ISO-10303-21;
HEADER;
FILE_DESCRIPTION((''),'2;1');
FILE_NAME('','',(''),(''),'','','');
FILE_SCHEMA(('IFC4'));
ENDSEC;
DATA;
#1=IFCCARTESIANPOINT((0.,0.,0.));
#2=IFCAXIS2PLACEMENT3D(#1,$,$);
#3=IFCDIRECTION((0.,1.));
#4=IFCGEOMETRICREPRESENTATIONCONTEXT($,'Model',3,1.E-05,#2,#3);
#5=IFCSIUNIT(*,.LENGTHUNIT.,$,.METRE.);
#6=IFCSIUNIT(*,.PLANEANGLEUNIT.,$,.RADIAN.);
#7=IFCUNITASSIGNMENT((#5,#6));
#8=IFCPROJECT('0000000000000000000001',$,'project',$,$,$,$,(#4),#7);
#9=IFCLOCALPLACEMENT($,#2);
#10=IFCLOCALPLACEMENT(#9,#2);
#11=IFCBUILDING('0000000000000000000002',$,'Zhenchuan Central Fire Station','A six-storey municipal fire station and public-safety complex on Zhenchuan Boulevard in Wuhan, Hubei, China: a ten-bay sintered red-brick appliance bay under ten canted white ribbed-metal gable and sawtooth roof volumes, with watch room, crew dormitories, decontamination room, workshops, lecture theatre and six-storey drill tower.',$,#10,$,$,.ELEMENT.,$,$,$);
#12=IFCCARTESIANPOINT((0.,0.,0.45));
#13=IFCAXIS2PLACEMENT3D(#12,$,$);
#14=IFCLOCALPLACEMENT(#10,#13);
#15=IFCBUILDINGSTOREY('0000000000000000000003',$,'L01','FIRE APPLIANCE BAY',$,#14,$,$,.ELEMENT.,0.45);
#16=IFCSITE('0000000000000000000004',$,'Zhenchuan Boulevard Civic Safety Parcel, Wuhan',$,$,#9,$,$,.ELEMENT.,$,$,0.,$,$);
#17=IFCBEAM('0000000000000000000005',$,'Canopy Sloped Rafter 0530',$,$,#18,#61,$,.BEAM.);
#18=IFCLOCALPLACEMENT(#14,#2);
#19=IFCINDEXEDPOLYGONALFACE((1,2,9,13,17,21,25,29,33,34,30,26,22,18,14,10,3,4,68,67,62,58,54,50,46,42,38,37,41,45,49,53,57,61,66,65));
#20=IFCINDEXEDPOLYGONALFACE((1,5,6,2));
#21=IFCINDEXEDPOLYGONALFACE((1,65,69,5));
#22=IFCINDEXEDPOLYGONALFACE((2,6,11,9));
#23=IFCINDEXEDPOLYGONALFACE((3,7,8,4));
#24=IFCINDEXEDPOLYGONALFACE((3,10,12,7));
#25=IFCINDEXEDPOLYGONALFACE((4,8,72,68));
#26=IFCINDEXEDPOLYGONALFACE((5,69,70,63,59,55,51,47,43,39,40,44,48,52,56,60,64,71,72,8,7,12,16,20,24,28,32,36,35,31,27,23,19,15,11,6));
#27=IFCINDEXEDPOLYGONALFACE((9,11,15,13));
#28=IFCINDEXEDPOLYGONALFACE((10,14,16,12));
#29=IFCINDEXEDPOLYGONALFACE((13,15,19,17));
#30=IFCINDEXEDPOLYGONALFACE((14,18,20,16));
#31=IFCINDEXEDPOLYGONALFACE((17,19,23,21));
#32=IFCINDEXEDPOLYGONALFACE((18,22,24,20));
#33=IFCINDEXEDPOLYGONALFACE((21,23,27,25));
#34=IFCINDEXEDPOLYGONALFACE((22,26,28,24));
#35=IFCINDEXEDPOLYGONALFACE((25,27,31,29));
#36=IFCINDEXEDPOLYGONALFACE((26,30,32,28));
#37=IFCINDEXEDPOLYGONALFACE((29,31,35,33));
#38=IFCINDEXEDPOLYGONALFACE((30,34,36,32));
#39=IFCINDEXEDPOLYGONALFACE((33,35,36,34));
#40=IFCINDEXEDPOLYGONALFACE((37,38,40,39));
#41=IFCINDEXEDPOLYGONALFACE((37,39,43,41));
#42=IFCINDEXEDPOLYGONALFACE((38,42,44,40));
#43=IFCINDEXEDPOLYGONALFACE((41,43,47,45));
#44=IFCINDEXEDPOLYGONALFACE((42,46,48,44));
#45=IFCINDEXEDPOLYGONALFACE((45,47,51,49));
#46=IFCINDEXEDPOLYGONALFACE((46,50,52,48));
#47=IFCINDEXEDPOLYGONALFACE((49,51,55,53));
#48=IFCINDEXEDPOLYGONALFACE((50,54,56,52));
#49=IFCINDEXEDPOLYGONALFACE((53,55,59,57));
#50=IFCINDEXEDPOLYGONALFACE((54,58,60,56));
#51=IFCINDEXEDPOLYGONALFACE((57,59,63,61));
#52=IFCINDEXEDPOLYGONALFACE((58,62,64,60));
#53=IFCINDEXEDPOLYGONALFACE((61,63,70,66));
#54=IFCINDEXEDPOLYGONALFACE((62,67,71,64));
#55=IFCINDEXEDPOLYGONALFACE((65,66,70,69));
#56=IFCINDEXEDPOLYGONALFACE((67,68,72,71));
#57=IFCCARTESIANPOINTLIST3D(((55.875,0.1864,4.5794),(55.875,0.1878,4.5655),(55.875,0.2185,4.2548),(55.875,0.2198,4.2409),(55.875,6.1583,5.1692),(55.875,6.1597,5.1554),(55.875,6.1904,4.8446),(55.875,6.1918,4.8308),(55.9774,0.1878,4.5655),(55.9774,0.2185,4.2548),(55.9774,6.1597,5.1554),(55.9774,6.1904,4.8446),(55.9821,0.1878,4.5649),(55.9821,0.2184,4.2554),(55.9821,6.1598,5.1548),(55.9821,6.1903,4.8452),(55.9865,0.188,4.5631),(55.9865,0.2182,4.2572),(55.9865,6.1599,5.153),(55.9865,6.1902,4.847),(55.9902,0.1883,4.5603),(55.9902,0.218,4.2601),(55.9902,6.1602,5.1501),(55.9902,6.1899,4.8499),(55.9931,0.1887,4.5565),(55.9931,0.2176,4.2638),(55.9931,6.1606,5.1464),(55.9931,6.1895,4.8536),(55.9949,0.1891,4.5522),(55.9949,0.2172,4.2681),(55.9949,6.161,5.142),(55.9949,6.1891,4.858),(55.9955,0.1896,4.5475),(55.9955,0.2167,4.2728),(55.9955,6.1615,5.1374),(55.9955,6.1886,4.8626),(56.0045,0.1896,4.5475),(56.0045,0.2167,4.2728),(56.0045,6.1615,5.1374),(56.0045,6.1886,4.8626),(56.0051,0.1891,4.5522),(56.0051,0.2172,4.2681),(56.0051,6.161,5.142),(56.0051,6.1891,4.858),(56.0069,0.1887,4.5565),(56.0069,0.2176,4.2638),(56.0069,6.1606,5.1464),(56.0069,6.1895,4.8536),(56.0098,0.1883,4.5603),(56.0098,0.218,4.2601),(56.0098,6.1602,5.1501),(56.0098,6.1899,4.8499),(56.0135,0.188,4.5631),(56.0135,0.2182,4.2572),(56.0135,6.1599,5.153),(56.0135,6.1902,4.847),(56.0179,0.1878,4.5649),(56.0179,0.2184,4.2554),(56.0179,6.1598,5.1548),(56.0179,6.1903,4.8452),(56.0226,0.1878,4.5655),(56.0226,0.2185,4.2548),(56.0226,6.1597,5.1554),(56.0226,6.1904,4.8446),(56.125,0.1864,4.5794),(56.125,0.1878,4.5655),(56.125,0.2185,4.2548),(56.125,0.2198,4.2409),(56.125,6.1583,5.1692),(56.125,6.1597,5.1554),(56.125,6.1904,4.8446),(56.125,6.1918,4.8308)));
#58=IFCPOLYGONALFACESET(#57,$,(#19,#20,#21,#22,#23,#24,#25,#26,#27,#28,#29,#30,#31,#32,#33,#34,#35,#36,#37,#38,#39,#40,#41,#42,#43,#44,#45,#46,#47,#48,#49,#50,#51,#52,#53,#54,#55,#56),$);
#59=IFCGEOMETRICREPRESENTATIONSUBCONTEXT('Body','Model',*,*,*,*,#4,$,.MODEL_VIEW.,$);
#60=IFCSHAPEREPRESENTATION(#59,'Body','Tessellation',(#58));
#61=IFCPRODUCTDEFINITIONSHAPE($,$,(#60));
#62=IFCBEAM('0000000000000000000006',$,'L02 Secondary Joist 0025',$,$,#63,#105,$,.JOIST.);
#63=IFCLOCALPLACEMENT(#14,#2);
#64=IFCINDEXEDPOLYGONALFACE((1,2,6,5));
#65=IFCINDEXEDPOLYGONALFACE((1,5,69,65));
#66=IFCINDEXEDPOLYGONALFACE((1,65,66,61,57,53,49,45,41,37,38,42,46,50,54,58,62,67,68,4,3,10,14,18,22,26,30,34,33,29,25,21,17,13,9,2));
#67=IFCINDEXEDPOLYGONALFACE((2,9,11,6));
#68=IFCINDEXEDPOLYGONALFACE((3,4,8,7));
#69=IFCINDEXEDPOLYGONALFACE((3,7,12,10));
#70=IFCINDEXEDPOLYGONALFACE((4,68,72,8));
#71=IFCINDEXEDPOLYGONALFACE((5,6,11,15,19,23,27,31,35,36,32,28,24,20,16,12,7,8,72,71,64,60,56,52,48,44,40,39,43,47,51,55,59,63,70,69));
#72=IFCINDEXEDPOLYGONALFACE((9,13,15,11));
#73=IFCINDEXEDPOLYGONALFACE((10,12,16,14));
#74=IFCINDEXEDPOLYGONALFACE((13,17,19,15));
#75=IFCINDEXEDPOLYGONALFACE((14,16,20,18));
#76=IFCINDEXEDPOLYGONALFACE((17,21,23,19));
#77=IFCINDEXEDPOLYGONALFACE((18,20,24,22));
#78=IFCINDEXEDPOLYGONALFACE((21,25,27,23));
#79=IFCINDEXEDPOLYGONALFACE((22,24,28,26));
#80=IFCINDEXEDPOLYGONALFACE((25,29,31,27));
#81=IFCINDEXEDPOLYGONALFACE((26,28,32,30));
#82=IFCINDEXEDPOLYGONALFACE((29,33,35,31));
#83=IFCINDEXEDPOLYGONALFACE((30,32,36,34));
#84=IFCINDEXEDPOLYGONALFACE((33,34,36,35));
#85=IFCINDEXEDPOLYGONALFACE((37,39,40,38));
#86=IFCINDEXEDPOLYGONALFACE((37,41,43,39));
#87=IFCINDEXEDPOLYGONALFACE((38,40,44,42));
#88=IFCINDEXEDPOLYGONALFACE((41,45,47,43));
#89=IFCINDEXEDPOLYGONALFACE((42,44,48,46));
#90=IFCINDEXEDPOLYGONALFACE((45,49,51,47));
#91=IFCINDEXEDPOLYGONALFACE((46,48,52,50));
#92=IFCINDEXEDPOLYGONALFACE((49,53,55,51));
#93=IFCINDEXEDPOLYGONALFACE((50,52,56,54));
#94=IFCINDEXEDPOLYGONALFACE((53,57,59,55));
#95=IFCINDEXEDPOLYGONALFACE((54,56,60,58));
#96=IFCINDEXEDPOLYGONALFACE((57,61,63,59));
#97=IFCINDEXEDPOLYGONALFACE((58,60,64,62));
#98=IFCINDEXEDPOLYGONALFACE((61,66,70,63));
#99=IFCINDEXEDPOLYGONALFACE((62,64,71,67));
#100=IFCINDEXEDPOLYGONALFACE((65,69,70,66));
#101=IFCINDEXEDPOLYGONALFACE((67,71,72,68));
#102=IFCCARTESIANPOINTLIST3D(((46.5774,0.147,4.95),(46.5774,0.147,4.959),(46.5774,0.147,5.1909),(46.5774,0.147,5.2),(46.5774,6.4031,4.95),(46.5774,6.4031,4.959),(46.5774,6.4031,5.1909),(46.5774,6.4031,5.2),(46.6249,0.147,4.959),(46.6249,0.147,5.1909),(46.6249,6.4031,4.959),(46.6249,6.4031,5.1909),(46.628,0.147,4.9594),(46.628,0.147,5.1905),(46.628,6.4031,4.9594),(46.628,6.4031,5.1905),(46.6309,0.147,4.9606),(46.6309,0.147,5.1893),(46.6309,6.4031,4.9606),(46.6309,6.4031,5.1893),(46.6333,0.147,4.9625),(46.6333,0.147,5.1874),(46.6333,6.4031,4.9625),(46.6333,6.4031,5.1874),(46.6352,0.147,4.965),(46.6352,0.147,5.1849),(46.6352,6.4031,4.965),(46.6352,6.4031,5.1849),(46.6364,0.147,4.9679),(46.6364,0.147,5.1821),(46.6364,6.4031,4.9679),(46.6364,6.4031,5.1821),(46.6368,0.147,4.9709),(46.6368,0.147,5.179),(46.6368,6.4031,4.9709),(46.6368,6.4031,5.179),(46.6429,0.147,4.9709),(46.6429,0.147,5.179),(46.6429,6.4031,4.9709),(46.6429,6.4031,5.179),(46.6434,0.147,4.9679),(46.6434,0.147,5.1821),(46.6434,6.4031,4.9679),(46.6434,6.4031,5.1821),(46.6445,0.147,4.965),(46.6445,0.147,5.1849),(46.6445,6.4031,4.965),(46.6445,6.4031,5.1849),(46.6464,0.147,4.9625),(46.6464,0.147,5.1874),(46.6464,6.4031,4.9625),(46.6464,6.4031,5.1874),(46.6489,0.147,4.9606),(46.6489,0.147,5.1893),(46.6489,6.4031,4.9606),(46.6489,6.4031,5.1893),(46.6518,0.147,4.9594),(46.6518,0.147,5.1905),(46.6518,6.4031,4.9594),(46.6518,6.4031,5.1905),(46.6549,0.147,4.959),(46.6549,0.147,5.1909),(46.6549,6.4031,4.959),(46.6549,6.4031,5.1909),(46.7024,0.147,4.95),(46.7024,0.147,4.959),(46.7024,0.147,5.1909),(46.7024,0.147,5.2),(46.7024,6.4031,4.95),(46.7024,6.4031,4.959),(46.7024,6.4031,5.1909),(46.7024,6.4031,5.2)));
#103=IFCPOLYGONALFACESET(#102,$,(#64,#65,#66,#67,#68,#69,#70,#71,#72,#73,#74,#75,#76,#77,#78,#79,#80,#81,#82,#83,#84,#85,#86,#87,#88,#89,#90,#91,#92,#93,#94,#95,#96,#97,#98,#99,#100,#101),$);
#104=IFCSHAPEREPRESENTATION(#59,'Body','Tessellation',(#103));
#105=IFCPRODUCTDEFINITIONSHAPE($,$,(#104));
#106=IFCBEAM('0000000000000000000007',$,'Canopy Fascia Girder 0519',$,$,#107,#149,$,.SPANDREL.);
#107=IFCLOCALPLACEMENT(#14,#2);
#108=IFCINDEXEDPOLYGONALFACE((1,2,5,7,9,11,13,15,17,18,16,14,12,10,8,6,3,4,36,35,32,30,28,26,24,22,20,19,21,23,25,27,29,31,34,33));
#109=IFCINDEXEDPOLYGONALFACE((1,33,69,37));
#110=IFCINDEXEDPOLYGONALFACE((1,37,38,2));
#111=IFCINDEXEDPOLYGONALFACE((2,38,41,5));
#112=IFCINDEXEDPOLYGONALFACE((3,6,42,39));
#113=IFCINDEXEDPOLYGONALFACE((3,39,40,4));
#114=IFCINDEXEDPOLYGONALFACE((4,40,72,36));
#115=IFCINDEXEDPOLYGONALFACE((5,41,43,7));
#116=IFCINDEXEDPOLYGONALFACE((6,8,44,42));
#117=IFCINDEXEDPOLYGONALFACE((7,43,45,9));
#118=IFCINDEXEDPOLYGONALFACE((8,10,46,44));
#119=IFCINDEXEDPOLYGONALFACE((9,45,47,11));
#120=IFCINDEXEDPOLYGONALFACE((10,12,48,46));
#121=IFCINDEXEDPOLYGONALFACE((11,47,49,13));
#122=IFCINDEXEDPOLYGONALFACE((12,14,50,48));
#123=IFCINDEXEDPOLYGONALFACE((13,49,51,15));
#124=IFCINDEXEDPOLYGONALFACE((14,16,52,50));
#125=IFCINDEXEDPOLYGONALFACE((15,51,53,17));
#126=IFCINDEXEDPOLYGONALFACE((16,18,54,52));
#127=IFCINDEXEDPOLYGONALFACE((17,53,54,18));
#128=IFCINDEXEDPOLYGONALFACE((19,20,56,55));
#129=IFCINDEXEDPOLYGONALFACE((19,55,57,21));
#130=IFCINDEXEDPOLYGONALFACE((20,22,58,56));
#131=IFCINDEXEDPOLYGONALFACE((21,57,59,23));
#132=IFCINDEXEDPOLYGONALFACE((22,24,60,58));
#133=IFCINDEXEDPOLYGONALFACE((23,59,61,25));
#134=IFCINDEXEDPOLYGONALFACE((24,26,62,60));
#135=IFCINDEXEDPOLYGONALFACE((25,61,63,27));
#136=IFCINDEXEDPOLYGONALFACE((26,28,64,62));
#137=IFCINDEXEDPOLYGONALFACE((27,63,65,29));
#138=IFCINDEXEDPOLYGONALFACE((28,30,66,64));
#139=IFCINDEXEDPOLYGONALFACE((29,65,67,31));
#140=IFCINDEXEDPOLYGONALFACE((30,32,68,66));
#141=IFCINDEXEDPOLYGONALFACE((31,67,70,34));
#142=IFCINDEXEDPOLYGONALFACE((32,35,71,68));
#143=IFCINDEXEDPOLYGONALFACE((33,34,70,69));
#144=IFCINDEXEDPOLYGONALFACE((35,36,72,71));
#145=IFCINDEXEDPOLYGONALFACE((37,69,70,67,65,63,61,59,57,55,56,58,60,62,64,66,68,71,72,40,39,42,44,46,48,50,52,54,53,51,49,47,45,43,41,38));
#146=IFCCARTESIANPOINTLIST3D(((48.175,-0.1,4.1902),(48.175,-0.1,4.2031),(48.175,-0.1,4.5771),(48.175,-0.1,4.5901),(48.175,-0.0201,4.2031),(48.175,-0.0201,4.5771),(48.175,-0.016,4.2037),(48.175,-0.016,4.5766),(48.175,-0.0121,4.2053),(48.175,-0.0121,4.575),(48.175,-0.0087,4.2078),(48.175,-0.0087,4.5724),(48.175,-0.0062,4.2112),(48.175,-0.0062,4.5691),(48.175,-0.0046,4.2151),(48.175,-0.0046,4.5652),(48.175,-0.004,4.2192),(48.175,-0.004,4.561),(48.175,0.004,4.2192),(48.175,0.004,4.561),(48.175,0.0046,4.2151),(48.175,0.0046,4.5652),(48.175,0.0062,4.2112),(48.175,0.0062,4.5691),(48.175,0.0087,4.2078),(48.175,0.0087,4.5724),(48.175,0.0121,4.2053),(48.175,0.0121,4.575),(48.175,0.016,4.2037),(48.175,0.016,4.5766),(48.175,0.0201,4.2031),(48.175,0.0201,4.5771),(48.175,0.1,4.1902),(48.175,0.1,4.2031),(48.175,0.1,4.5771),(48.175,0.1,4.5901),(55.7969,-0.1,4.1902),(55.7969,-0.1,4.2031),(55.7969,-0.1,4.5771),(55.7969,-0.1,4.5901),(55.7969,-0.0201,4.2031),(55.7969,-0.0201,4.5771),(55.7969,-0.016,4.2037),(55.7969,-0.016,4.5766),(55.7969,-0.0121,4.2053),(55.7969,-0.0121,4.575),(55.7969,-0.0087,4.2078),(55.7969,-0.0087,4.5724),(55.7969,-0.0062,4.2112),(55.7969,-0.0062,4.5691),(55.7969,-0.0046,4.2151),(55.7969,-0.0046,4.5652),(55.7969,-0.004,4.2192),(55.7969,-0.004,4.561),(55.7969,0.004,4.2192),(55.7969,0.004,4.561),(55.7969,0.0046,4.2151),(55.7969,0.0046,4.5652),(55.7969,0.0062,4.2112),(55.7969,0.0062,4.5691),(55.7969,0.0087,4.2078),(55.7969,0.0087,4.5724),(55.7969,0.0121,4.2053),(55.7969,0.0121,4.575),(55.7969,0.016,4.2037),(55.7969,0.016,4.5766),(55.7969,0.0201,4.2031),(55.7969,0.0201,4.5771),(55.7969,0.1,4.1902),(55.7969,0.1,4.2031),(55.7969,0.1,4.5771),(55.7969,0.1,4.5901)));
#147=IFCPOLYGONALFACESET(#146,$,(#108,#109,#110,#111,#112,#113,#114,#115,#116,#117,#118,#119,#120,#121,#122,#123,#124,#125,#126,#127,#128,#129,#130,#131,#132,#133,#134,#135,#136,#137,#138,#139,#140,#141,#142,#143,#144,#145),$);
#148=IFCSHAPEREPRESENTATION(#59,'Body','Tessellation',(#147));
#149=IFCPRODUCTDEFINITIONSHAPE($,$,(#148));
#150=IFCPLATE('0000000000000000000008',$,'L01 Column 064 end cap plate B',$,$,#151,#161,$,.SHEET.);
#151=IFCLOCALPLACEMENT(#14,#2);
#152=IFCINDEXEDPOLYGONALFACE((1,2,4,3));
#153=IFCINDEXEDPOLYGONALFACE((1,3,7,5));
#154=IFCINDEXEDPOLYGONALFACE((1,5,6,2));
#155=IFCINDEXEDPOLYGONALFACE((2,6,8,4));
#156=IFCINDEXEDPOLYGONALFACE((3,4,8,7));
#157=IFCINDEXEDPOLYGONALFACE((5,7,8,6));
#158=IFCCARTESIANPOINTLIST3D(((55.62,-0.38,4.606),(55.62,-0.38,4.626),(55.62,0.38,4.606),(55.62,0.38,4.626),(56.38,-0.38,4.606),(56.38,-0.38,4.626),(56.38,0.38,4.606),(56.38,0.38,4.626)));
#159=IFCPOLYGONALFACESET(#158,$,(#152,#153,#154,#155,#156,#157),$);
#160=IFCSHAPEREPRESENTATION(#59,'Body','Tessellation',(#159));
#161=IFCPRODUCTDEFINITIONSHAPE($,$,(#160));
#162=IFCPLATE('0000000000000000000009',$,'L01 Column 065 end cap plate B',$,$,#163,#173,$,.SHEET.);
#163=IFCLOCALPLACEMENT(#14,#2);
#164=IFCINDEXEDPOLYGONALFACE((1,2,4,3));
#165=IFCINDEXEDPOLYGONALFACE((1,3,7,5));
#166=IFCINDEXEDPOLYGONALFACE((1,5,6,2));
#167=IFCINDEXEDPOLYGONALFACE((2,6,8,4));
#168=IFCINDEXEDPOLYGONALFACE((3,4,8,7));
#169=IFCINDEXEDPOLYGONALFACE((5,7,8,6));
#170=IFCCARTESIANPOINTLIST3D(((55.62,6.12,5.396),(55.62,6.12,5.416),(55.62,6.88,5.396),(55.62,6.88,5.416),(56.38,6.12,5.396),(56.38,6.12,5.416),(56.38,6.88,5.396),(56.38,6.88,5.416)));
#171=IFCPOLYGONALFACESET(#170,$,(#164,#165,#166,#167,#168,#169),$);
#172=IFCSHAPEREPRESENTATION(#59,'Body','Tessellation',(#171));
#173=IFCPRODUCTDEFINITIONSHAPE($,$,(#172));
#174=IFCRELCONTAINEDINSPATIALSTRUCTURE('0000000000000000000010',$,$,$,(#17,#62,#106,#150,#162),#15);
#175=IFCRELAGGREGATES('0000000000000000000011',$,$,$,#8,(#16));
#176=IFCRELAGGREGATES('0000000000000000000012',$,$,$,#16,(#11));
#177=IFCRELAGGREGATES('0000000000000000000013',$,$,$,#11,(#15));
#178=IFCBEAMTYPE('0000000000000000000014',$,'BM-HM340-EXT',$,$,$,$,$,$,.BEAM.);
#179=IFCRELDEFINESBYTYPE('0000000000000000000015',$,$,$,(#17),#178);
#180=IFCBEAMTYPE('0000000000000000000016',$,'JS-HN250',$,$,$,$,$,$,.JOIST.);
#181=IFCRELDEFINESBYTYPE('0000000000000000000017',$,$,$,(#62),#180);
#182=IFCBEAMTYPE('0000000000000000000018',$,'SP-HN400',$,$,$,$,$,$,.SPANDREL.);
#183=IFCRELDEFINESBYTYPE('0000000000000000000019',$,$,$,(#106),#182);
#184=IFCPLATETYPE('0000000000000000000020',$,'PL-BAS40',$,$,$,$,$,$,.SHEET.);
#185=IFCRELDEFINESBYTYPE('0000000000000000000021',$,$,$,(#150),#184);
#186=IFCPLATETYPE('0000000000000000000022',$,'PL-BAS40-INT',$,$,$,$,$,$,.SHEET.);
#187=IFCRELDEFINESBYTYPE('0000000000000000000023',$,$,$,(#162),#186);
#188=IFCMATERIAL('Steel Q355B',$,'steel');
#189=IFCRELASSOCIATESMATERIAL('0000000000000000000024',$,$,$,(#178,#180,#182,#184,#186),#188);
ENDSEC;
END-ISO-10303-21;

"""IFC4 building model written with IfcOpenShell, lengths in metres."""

from ifc_helpers import new_model, si_unit, direction, frame, origin, origin_2d, place, context, subcontext, project, spatial, rectangle, i_section, extrude, material, material_profile, profile_set, type_object, element, save


model = new_model("IFC4")

# Units and contexts
model_context = context("Model", 3, precision=1e-05, world=origin(), true_north=direction((0.0, 1.0)))
body_context = subcontext(model_context, "Body", "Model", "MODEL_VIEW")
ifc_project = project(units=[si_unit("LENGTHUNIT", "METRE"), si_unit("PLANEANGLEUNIT", "RADIAN")], contexts=[model_context])

# Site, building, storey
site_placement = place(None, origin())
site = spatial("IfcSite", under=ifc_project, at=site_placement, Name="Zhenchuan Boulevard Civic Safety Parcel, Wuhan", CompositionType="ELEMENT", RefElevation=0.0)
building_placement = place(site_placement, origin())
building = spatial("IfcBuilding", under=site, at=building_placement, Name="Zhenchuan Central Fire Station", Description="A six-storey municipal fire station and public-safety complex on Zhenchuan Boulevard in Wuhan, Hubei, China: a ten-bay sintered red-brick appliance bay under ten canted white ribbed-metal gable and sawtooth roof volumes, with watch room, crew dormitories, decontamination room, workshops, lecture theatre and six-storey drill tower.", CompositionType="ELEMENT")
storey_placement = place(building_placement, frame((0.0, 0.0, 0.45)))
storey = spatial("IfcBuildingStorey", under=building, at=storey_placement, Name="L01", Description="FIRE APPLIANCE BAY", CompositionType="ELEMENT", Elevation=0.45)

# Shared definitions
ifc_material_1 = material(Name="Steel Q355B", Category="steel")

# Beams
ifc_material_profile_1 = material_profile(ifc_material_1, i_section(OverallWidth=0.25, OverallDepth=0.3401, WebThickness=0.009, FlangeThickness=0.0139, FilletRadius=0.0181, at=origin_2d()), Name="HM 340x250")
ifc_profile_set_1 = profile_set([ifc_material_profile_1], Name="Steel Q355B")
beam_type_1 = type_object("IfcBeamType", Name="BM-HM340-EXT", PredefinedType="BEAM", material=ifc_profile_set_1)
beam_1_placement = place(storey_placement, frame((56.0, 0.2031, 4.4102), z_axis=(0.0, 0.995158, 0.098291), x_axis=(-1.0, 0.0, 0.0)))
element("IfcBeam", 1, at=beam_1_placement, inside=storey, type_object=beam_type_1, Name="Canopy Sloped Rafter 0530", PredefinedType="BEAM", context=body_context, shape_type="SweptSolid", body=[
    extrude(i_section(OverallWidth=0.25, OverallDepth=0.3401, WebThickness=0.009, FlangeThickness=0.0139, FilletRadius=0.0181, at=origin_2d()), origin(), (0.0, 0.0, 1.0), 6.001),
])
ifc_material_profile_2 = material_profile(ifc_material_1, i_section(OverallWidth=0.125, OverallDepth=0.25, WebThickness=0.0061, FlangeThickness=0.009, FilletRadius=0.012, at=origin_2d()), Name="HN 250x125")
ifc_profile_set_2 = profile_set([ifc_material_profile_2], Name="Steel Q355B")
beam_type_2 = type_object("IfcBeamType", Name="JS-HN250", PredefinedType="JOIST", material=ifc_profile_set_2)
beam_2_placement = place(storey_placement, frame((46.6399, 0.147, 5.075), z_axis=(0.0, 1.0, 0.0), x_axis=(-1.0, 0.0, 0.0)))
element("IfcBeam", 2, at=beam_2_placement, inside=storey, type_object=beam_type_2, Name="L02 Secondary Joist 0025", PredefinedType="JOIST", context=body_context, shape_type="SweptSolid", body=[
    extrude(i_section(OverallWidth=0.125, OverallDepth=0.25, WebThickness=0.0061, FlangeThickness=0.009, FilletRadius=0.012, at=origin_2d()), origin(), (0.0, 0.0, 1.0), 6.2561),
])
ifc_material_profile_3 = material_profile(ifc_material_1, i_section(OverallWidth=0.2, OverallDepth=0.3999, WebThickness=0.0081, FlangeThickness=0.0129, FilletRadius=0.0161, at=origin_2d()), Name="HN 400x200")
ifc_profile_set_3 = profile_set([ifc_material_profile_3], Name="Steel Q355B")
beam_type_3 = type_object("IfcBeamType", Name="SP-HN400", PredefinedType="SPANDREL", material=ifc_profile_set_3)
beam_3_placement = place(storey_placement, frame((48.175, 0.0, 4.3901), z_axis=(1.0, 0.0, 0.0), x_axis=(0.0, 1.0, 0.0)))
element("IfcBeam", 3, at=beam_3_placement, inside=storey, type_object=beam_type_3, Name="Canopy Fascia Girder 0519", PredefinedType="SPANDREL", context=body_context, shape_type="SweptSolid", body=[
    extrude(i_section(OverallWidth=0.2, OverallDepth=0.3999, WebThickness=0.0081, FlangeThickness=0.0129, FilletRadius=0.0161, at=origin_2d()), origin(), (0.0, 0.0, 1.0), 7.6218),
])

# Plates
ifc_material_profile_4 = material_profile(ifc_material_1, rectangle(XDim=0.76, YDim=0.76, at=origin_2d()), Name="PL 760x760x40")
ifc_profile_set_4 = profile_set([ifc_material_profile_4], Name="Steel Q355B")
plate_type_1 = type_object("IfcPlateType", Name="PL-BAS40", PredefinedType="SHEET", material=ifc_profile_set_4)
plate_1_placement = place(storey_placement, frame((56.0, 0.0, 4.606), z_axis=(0.0, 0.0, 1.0), x_axis=(1.0, 0.0, 0.0)))
element("IfcPlate", 4, at=plate_1_placement, inside=storey, type_object=plate_type_1, Name="L01 Column 064 end cap plate B", PredefinedType="SHEET", context=body_context, shape_type="SweptSolid", body=[
    extrude(rectangle(XDim=0.76, YDim=0.76, at=origin_2d()), origin(), (0.0, 0.0, 1.0), 0.02),
])
ifc_material_profile_5 = material_profile(ifc_material_1, rectangle(XDim=0.76, YDim=0.76, at=origin_2d()), Name="PL 760x760x40")
ifc_profile_set_5 = profile_set([ifc_material_profile_5], Name="Steel Q355B")
plate_type_2 = type_object("IfcPlateType", Name="PL-BAS40-INT", PredefinedType="SHEET", material=ifc_profile_set_5)
plate_2_placement = place(storey_placement, frame((56.0, 6.5, 5.396), z_axis=(0.0, 0.0, 1.0), x_axis=(1.0, 0.0, 0.0)))
element("IfcPlate", 5, at=plate_2_placement, inside=storey, type_object=plate_type_2, Name="L01 Column 065 end cap plate B", PredefinedType="SHEET", context=body_context, shape_type="SweptSolid", body=[
    extrude(rectangle(XDim=0.76, YDim=0.76, at=origin_2d()), origin(), (0.0, 0.0, 1.0), 0.02),
])

save(model, "model.ifc")
